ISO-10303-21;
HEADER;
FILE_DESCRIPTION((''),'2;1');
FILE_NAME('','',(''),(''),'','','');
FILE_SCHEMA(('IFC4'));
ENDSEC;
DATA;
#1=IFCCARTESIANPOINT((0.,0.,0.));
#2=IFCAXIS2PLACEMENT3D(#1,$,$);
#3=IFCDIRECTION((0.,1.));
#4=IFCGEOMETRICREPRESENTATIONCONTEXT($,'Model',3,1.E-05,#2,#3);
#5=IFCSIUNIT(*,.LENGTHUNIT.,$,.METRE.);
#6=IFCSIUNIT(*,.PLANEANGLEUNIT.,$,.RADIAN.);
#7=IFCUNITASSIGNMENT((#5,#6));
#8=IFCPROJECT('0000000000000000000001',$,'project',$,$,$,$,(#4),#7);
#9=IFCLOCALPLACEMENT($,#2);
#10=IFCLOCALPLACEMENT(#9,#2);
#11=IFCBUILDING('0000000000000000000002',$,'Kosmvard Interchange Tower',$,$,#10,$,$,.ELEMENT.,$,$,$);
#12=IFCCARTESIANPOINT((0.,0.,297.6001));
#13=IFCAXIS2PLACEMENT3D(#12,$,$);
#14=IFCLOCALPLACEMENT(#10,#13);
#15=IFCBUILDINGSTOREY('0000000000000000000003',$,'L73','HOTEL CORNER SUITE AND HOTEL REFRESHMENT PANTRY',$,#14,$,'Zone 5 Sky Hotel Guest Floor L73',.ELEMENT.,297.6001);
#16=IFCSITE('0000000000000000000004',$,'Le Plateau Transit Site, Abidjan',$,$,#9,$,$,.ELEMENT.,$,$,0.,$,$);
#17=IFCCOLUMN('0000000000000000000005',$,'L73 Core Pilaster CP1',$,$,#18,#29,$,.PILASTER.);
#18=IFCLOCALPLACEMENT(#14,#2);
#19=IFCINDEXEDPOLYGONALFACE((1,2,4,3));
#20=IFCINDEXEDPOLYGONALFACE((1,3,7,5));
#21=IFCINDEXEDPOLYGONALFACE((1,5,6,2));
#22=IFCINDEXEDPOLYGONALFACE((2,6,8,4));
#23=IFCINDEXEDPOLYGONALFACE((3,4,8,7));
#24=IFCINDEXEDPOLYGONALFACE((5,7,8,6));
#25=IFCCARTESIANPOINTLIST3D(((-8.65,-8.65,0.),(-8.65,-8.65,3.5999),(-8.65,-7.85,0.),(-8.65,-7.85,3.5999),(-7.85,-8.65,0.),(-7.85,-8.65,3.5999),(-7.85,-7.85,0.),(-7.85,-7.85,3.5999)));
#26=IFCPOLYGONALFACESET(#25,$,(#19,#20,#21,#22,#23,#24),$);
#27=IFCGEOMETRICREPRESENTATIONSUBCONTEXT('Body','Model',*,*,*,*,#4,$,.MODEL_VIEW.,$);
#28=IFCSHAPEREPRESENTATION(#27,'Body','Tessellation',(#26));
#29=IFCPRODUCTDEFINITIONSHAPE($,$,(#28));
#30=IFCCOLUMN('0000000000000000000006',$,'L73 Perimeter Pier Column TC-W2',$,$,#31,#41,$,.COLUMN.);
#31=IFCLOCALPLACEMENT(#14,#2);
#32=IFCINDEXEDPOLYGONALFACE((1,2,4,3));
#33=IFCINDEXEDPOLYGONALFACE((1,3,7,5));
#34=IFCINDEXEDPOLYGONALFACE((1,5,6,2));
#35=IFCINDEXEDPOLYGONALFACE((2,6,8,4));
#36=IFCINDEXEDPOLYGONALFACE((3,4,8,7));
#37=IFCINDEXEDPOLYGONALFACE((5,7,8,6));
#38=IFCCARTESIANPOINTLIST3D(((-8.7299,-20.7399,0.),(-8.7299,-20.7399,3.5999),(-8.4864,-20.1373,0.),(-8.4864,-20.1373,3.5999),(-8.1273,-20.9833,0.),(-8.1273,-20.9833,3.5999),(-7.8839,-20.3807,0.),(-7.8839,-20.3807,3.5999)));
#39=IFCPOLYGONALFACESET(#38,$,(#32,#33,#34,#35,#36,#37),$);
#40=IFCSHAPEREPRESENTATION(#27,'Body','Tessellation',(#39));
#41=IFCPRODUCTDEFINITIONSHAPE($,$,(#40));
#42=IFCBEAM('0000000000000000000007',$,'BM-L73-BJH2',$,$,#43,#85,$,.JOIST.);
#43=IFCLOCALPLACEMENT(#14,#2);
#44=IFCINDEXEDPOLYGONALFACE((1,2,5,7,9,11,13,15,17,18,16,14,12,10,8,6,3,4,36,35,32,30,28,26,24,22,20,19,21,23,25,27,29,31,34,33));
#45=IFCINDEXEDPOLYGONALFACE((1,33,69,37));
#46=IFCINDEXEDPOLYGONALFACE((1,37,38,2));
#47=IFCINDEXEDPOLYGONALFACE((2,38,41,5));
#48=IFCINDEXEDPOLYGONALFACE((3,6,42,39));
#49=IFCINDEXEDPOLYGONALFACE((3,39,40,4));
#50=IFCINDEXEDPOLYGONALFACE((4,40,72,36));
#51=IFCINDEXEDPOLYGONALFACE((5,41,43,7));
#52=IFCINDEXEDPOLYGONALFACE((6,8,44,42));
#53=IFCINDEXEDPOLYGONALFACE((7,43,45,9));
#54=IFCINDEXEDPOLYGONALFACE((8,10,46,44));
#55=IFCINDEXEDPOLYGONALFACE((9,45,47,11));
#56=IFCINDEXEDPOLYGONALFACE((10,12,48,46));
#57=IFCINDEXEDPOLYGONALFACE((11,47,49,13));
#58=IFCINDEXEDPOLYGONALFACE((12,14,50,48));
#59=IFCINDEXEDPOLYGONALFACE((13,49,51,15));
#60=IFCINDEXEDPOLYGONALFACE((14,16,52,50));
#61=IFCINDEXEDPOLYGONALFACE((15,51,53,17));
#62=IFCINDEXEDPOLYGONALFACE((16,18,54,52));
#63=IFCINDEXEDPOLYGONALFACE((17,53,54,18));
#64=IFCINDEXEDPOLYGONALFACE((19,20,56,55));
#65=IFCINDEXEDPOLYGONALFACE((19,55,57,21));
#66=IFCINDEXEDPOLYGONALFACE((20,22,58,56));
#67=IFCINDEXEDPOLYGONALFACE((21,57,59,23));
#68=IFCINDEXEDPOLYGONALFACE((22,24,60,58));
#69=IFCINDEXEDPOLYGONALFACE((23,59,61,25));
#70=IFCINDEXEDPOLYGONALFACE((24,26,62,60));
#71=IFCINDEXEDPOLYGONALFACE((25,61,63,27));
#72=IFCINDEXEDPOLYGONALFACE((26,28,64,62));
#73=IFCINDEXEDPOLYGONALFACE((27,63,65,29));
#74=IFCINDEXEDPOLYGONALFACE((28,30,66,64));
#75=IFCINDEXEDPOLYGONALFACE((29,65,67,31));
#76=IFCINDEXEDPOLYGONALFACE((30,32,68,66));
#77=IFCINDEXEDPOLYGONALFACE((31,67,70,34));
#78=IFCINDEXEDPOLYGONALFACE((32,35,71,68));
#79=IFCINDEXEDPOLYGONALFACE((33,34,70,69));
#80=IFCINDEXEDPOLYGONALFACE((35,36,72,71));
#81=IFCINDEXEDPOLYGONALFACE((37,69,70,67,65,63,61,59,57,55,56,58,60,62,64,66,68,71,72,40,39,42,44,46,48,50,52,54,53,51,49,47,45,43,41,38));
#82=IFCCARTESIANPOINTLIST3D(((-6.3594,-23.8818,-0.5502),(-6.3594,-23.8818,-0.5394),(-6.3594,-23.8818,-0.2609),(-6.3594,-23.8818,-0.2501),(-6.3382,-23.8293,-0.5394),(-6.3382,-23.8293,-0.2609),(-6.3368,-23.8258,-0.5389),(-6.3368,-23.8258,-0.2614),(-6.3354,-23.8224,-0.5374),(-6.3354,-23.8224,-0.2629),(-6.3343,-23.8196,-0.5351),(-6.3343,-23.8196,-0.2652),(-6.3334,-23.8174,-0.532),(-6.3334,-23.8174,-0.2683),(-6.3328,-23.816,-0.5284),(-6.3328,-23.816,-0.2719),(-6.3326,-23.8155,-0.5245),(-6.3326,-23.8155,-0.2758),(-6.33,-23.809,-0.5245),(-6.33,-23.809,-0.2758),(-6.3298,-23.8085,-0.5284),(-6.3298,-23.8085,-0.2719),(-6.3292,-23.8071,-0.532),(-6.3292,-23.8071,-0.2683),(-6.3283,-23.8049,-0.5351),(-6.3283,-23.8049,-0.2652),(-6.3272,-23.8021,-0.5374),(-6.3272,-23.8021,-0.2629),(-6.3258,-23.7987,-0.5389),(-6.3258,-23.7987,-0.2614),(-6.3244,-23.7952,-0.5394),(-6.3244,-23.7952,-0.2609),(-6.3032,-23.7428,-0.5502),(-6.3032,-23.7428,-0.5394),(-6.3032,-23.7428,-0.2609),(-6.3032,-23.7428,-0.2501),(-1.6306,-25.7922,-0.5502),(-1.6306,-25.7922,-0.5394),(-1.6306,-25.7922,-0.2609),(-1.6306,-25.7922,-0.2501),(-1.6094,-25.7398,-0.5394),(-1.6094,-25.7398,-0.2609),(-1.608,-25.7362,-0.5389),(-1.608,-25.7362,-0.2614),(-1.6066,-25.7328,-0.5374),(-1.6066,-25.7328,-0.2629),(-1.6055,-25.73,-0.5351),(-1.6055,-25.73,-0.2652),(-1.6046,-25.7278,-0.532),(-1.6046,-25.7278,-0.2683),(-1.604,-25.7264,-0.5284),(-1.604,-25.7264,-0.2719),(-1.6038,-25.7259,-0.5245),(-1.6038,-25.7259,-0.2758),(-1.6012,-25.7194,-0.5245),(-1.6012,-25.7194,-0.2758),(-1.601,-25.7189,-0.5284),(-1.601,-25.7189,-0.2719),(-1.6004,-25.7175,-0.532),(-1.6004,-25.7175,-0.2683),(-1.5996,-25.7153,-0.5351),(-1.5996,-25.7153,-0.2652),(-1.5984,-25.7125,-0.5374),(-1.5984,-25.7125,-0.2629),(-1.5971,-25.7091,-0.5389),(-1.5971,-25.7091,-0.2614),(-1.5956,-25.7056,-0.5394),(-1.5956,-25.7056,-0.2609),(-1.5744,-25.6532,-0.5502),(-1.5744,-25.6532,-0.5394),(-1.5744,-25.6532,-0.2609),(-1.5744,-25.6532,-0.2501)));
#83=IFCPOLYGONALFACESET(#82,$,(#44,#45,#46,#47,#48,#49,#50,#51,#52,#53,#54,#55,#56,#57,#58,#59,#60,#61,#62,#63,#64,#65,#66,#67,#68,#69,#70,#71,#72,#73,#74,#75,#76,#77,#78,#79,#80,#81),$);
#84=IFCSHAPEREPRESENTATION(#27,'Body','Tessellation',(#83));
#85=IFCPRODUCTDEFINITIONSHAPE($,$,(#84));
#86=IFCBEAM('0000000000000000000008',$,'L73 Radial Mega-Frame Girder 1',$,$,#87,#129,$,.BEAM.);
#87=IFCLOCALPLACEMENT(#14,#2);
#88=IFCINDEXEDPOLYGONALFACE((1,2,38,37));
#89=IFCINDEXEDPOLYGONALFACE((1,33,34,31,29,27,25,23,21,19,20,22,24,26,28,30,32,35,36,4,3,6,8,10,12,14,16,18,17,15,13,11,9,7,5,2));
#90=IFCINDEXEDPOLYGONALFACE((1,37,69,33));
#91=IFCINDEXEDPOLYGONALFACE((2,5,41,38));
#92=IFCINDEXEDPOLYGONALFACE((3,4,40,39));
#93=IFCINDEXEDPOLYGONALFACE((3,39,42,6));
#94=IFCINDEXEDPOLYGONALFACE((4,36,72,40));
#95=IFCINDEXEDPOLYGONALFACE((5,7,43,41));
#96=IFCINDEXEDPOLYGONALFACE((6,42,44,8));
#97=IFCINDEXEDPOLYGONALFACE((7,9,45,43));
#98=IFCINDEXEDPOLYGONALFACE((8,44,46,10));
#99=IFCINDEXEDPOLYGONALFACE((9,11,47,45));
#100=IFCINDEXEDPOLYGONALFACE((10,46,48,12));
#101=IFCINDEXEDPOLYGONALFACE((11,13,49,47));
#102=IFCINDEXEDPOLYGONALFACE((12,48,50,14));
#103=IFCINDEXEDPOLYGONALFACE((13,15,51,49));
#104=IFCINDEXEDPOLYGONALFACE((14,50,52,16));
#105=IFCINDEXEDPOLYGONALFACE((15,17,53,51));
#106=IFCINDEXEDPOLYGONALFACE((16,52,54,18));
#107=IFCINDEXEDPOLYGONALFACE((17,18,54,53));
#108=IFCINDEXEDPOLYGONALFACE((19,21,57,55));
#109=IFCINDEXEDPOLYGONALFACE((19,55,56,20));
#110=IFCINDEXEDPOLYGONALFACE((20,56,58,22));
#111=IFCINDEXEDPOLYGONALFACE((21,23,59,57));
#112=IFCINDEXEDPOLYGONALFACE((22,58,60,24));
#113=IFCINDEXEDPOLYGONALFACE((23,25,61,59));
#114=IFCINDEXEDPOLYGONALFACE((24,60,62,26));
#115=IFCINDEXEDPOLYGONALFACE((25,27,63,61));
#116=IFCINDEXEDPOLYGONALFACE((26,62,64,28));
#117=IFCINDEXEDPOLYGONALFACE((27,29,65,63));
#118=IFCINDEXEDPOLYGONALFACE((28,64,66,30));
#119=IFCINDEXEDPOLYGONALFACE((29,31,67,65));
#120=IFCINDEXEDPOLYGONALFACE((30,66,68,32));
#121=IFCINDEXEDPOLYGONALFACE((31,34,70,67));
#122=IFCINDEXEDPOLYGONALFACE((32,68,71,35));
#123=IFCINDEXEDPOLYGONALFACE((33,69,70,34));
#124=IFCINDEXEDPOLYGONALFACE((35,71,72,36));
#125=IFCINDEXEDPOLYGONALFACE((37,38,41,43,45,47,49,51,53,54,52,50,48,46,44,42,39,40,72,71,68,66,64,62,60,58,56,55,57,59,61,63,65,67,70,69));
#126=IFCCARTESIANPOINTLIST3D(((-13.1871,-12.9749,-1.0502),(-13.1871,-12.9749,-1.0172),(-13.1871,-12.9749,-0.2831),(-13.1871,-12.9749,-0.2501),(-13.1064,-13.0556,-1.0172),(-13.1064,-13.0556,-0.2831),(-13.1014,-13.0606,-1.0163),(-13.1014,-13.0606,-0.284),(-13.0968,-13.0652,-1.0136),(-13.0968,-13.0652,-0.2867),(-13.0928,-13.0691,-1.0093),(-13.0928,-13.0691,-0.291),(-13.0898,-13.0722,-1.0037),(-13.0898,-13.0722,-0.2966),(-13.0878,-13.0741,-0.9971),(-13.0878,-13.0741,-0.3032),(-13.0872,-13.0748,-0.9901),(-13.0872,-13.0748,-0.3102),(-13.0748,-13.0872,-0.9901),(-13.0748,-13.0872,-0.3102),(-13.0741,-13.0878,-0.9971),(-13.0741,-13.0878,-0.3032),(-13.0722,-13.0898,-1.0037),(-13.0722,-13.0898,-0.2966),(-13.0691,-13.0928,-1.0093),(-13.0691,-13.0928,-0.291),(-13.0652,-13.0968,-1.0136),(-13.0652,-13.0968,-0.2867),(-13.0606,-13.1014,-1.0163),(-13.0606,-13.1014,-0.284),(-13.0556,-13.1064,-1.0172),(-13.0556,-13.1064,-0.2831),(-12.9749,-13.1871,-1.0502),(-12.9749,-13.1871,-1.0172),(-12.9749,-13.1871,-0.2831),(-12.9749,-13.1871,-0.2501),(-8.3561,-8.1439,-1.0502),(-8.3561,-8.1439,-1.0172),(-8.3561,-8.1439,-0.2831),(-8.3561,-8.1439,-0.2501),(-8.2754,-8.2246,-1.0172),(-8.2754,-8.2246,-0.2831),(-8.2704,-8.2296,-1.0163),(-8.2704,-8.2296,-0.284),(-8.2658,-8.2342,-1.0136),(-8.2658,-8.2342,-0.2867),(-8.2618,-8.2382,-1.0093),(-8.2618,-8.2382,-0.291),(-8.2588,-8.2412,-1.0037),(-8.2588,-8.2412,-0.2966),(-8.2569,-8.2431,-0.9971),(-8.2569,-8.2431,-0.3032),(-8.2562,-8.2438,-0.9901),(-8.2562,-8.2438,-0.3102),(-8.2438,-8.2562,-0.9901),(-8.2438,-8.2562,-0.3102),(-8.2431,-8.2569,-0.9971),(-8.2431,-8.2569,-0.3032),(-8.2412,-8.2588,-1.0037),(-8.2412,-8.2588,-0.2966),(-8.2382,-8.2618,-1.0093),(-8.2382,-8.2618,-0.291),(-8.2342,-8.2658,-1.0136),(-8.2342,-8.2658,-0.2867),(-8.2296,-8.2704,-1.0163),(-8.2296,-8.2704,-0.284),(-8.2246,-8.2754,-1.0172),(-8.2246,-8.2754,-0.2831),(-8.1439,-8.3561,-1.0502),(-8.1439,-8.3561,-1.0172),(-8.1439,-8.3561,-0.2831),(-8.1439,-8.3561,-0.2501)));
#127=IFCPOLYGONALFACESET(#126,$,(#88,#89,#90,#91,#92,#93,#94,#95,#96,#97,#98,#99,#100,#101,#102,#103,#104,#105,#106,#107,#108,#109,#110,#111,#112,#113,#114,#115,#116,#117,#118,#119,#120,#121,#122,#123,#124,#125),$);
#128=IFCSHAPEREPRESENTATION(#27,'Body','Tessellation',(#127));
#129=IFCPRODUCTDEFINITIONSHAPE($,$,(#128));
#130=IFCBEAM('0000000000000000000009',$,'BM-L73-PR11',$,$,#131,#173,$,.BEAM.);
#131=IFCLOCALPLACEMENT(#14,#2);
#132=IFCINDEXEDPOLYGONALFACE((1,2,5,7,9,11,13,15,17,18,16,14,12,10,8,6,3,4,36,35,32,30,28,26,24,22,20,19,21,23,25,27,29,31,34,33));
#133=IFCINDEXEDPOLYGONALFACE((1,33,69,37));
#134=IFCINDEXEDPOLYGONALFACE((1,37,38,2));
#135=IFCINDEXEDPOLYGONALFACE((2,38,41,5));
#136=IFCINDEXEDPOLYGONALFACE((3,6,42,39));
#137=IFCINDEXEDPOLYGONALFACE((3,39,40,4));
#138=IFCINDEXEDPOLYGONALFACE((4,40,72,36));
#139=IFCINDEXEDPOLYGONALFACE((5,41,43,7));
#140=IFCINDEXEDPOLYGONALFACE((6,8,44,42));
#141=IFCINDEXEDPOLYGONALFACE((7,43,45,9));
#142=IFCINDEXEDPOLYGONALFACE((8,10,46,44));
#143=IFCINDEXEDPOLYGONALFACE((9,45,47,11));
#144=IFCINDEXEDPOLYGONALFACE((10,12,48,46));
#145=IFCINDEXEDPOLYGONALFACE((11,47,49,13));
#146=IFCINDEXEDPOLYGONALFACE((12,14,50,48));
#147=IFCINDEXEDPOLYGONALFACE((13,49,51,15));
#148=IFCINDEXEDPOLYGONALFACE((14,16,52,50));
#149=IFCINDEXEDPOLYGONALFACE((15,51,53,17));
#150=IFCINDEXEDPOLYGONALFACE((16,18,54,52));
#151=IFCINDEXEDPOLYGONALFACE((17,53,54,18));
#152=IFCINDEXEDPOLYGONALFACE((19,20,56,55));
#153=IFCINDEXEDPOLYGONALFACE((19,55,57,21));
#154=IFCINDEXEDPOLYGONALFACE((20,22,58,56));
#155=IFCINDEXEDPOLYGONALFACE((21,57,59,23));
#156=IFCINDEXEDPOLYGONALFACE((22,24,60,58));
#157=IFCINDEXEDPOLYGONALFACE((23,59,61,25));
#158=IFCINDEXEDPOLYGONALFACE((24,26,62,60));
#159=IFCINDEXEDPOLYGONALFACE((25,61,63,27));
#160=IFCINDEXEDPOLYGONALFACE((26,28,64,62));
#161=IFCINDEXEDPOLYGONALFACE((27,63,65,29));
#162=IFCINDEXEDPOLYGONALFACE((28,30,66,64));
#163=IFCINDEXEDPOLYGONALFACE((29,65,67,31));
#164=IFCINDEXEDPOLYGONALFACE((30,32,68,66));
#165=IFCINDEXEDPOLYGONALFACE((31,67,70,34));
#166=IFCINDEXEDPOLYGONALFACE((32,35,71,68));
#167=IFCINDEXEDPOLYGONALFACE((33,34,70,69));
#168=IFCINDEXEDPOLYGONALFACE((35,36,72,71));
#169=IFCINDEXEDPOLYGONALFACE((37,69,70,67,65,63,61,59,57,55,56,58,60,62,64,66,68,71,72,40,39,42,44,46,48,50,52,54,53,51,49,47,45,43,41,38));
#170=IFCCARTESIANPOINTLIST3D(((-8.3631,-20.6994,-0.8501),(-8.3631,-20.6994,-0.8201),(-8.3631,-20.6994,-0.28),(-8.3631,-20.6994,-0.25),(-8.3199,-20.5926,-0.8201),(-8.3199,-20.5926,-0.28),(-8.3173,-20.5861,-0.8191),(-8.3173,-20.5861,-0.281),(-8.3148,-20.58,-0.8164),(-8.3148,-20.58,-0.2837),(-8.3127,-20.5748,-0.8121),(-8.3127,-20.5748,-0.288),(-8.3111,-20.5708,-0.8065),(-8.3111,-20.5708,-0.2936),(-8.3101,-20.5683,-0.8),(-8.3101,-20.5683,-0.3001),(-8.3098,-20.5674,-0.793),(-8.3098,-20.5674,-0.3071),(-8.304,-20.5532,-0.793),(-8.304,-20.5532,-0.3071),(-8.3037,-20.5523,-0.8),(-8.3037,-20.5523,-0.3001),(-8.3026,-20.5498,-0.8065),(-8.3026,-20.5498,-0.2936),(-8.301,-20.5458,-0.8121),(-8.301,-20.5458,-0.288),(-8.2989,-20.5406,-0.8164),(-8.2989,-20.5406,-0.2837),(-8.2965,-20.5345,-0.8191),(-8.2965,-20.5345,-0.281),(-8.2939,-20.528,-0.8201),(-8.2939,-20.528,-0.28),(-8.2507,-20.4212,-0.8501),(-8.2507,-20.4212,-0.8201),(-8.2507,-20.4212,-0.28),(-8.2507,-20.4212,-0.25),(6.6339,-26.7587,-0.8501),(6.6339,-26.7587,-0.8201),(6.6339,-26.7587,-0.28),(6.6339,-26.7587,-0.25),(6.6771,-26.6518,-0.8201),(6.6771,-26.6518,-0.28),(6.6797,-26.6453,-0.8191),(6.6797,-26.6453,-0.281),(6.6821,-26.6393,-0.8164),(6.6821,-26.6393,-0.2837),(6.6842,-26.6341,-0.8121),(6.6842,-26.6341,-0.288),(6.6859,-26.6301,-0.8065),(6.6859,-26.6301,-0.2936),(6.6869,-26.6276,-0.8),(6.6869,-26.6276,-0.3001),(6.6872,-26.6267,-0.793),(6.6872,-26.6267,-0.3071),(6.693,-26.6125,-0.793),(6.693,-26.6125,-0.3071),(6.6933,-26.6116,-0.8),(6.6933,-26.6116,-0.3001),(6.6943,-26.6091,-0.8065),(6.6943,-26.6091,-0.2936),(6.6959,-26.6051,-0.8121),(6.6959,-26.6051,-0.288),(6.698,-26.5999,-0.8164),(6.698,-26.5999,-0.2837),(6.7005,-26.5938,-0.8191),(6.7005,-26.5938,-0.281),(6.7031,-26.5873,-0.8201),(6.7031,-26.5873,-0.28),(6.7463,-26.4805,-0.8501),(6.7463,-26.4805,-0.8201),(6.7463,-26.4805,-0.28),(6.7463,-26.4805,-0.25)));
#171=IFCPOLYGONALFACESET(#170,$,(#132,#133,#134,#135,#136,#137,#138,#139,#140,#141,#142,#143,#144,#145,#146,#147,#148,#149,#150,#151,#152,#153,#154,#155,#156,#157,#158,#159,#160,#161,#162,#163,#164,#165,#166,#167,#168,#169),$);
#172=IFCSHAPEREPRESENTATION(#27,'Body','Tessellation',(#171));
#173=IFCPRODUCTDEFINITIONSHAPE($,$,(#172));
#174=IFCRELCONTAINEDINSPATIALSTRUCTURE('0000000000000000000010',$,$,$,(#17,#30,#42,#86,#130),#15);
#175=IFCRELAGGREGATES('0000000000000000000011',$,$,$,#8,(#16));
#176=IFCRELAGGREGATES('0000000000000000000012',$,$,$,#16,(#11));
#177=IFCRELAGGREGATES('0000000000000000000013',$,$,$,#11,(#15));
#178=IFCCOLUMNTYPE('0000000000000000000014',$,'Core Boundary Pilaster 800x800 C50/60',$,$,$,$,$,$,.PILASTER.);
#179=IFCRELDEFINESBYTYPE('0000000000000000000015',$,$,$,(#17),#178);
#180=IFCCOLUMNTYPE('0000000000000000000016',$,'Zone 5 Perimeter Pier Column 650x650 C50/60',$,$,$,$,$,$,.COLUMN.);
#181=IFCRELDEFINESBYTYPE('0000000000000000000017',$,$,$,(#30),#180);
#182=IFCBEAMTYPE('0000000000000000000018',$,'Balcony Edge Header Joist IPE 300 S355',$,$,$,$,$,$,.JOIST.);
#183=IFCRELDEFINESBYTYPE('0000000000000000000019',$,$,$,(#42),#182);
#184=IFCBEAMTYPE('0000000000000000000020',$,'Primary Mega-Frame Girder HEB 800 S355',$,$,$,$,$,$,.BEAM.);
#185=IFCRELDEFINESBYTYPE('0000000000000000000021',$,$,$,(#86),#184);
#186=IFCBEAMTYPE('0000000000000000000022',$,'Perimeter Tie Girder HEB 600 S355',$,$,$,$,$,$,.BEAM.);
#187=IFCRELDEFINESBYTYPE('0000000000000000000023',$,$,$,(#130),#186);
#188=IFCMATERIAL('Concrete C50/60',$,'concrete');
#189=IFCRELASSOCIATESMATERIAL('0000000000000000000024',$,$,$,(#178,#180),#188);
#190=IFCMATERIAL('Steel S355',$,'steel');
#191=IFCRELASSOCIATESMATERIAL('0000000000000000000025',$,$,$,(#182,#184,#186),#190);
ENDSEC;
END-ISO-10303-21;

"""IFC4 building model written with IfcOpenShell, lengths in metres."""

from ifc_helpers import new_model, si_unit, direction, frame, origin, origin_2d, place, context, subcontext, project, spatial, rectangle, i_section, extrude, source, transform, mapped, material, material_profile, profile_set, type_object, element, save


model = new_model("IFC4")

# Units and contexts
model_context = context("Model", 3, precision=1e-05, world=origin(), true_north=direction((0.0, 1.0)))
body_context = subcontext(model_context, "Body", "Model", "MODEL_VIEW")
ifc_project = project(units=[si_unit("LENGTHUNIT", "METRE"), si_unit("PLANEANGLEUNIT", "RADIAN")], contexts=[model_context])

# Site, building, storey
site_placement = place(None, origin())
site = spatial("IfcSite", under=ifc_project, at=site_placement, Name="Le Plateau Transit Site, Abidjan", CompositionType="ELEMENT", RefElevation=0.0)
building_placement = place(site_placement, origin())
building = spatial("IfcBuilding", under=site, at=building_placement, Name="Kosmvard Interchange Tower", CompositionType="ELEMENT")
storey_placement = place(building_placement, frame((0.0, 0.0, 297.6001)))
storey = spatial("IfcBuildingStorey", under=building, at=storey_placement, Name="L73", Description="HOTEL CORNER SUITE AND HOTEL REFRESHMENT PANTRY", LongName="Zone 5 Sky Hotel Guest Floor L73", CompositionType="ELEMENT", Elevation=297.6001)

# Columns
ifc_material_1 = material(Name="Concrete C50/60", Category="concrete")
ifc_material_profile_1 = material_profile(ifc_material_1, rectangle(XDim=0.8, YDim=0.8, at=origin_2d()), Name="CP 800x800")
ifc_profile_set_1 = profile_set([ifc_material_profile_1], Name="Concrete C50/60")
column_type_1 = type_object("IfcColumnType", Name="Core Boundary Pilaster 800x800 C50/60", PredefinedType="PILASTER", material=ifc_profile_set_1)
shared_shape_1 = source(origin(), body_context, "Body", "SweptSolid", [
    extrude(rectangle(XDim=0.8, YDim=0.8, at=origin_2d()), origin(), (0.0, 0.0, 1.0), 3.5999),
])
column_1_placement = place(storey_placement, frame((-8.25, -8.25, 0.0), z_axis=(0.0, 0.0, 1.0), x_axis=(1.0, 0.0, 0.0)))
element("IfcColumn", 1, at=column_1_placement, inside=storey, type_object=column_type_1, Name="L73 Core Pilaster CP1", PredefinedType="PILASTER", context=body_context, shape_type="MappedRepresentation", body=[
    mapped(shared_shape_1, transform((0.0, 0.0, 0.0), scale=1.0)),
])
ifc_material_profile_2 = material_profile(ifc_material_1, rectangle(XDim=0.6499, YDim=0.6499, at=origin_2d()), Name="TC 650x650")
ifc_profile_set_2 = profile_set([ifc_material_profile_2], Name="Concrete C50/60")
column_type_2 = type_object("IfcColumnType", Name="Zone 5 Perimeter Pier Column 650x650 C50/60", PredefinedType="COLUMN", material=ifc_profile_set_2)
shared_shape_2 = source(origin(), body_context, "Body", "SweptSolid", [
    extrude(rectangle(XDim=0.6499, YDim=0.6499, at=origin_2d()), origin(), (0.0, 0.0, 1.0), 3.5999),
])
column_2_placement = place(storey_placement, frame((-8.3069, -20.5603, 0.0), z_axis=(0.0, 0.0, 1.0), x_axis=(0.374607, 0.927184, 0.0)))
element("IfcColumn", 2, at=column_2_placement, inside=storey, type_object=column_type_2, Name="L73 Perimeter Pier Column TC-W2", PredefinedType="COLUMN", context=body_context, shape_type="MappedRepresentation", body=[
    mapped(shared_shape_2, transform((0.0, 0.0, 0.0), scale=1.0)),
])

# Beams
ifc_material_2 = material(Name="Steel S355", Category="steel")
ifc_material_profile_3 = material_profile(ifc_material_2, i_section(OverallWidth=0.1499, OverallDepth=0.3, WebThickness=0.0071, FlangeThickness=0.0107, FilletRadius=0.0149, at=origin_2d()), Name="IPE 300")
ifc_profile_set_3 = profile_set([ifc_material_profile_3], Name="Steel S355")
beam_type_1 = type_object("IfcBeamType", Name="Balcony Edge Header Joist IPE 300 S355", PredefinedType="JOIST", material=ifc_profile_set_3)
shared_shape_3 = source(origin(), body_context, "Body", "SweptSolid", [
    extrude(i_section(OverallWidth=0.1499, OverallDepth=0.3, WebThickness=0.0071, FlangeThickness=0.0107, FilletRadius=0.0149, at=origin_2d()), origin(), (0.0, 0.0, 1.0), 5.1001),
])
beam_1_placement = place(storey_placement, frame((-6.3313, -23.8123, -0.4001), z_axis=(0.927194, -0.374583, 0.0), x_axis=(0.374583, 0.927194, 0.0)))
element("IfcBeam", 3, at=beam_1_placement, inside=storey, type_object=beam_type_1, Name="BM-L73-BJH2", PredefinedType="JOIST", context=body_context, shape_type="MappedRepresentation", body=[
    mapped(shared_shape_3, transform((0.0, 0.0, 0.0), scale=1.0)),
])
ifc_material_profile_4 = material_profile(ifc_material_2, i_section(OverallWidth=0.3, OverallDepth=0.8, WebThickness=0.0176, FlangeThickness=0.033, FilletRadius=0.0271, at=origin_2d()), Name="HEB 800")
ifc_profile_set_4 = profile_set([ifc_material_profile_4], Name="Steel S355")
beam_type_2 = type_object("IfcBeamType", Name="Primary Mega-Frame Girder HEB 800 S355", PredefinedType="BEAM", material=ifc_profile_set_4)
shared_shape_4 = source(origin(), body_context, "Body", "SweptSolid", [
    extrude(i_section(OverallWidth=0.3, OverallDepth=0.8, WebThickness=0.0176, FlangeThickness=0.033, FilletRadius=0.0271, at=origin_2d()), origin(), (0.0, 0.0, 1.0), 6.832),
])
beam_2_placement = place(storey_placement, frame((-8.25, -8.25, -0.6501), z_axis=(-0.707107, -0.707107, 0.0), x_axis=(0.707107, -0.707107, 0.0)))
element("IfcBeam", 4, at=beam_2_placement, inside=storey, type_object=beam_type_2, Name="L73 Radial Mega-Frame Girder 1", PredefinedType="BEAM", context=body_context, shape_type="MappedRepresentation", body=[
    mapped(shared_shape_4, transform((0.0, 0.0, 0.0), scale=1.0)),
])
ifc_material_profile_5 = material_profile(ifc_material_2, i_section(OverallWidth=0.3, OverallDepth=0.6001, WebThickness=0.0154, FlangeThickness=0.03, FilletRadius=0.0271, at=origin_2d()), Name="HEB 600")
ifc_profile_set_5 = profile_set([ifc_material_profile_5], Name="Steel S355")
beam_type_3 = type_object("IfcBeamType", Name="Perimeter Tie Girder HEB 600 S355", PredefinedType="BEAM", material=ifc_profile_set_5)
shared_shape_5 = source(origin(), body_context, "Body", "SweptSolid", [
    extrude(i_section(OverallWidth=0.3, OverallDepth=0.6001, WebThickness=0.0154, FlangeThickness=0.03, FilletRadius=0.0271, at=origin_2d()), origin(), (0.0, 0.0, 1.0), 16.1748),
])
beam_3_placement = place(storey_placement, frame((-8.3069, -20.5603, -0.55), z_axis=(0.927181, -0.374613, 0.0), x_axis=(0.374613, 0.927181, 0.0)))
element("IfcBeam", 5, at=beam_3_placement, inside=storey, type_object=beam_type_3, Name="BM-L73-PR11", PredefinedType="BEAM", context=body_context, shape_type="MappedRepresentation", body=[
    mapped(shared_shape_5, transform((0.0, 0.0, 0.0), scale=1.0)),
])

save(model, "model.ifc")
